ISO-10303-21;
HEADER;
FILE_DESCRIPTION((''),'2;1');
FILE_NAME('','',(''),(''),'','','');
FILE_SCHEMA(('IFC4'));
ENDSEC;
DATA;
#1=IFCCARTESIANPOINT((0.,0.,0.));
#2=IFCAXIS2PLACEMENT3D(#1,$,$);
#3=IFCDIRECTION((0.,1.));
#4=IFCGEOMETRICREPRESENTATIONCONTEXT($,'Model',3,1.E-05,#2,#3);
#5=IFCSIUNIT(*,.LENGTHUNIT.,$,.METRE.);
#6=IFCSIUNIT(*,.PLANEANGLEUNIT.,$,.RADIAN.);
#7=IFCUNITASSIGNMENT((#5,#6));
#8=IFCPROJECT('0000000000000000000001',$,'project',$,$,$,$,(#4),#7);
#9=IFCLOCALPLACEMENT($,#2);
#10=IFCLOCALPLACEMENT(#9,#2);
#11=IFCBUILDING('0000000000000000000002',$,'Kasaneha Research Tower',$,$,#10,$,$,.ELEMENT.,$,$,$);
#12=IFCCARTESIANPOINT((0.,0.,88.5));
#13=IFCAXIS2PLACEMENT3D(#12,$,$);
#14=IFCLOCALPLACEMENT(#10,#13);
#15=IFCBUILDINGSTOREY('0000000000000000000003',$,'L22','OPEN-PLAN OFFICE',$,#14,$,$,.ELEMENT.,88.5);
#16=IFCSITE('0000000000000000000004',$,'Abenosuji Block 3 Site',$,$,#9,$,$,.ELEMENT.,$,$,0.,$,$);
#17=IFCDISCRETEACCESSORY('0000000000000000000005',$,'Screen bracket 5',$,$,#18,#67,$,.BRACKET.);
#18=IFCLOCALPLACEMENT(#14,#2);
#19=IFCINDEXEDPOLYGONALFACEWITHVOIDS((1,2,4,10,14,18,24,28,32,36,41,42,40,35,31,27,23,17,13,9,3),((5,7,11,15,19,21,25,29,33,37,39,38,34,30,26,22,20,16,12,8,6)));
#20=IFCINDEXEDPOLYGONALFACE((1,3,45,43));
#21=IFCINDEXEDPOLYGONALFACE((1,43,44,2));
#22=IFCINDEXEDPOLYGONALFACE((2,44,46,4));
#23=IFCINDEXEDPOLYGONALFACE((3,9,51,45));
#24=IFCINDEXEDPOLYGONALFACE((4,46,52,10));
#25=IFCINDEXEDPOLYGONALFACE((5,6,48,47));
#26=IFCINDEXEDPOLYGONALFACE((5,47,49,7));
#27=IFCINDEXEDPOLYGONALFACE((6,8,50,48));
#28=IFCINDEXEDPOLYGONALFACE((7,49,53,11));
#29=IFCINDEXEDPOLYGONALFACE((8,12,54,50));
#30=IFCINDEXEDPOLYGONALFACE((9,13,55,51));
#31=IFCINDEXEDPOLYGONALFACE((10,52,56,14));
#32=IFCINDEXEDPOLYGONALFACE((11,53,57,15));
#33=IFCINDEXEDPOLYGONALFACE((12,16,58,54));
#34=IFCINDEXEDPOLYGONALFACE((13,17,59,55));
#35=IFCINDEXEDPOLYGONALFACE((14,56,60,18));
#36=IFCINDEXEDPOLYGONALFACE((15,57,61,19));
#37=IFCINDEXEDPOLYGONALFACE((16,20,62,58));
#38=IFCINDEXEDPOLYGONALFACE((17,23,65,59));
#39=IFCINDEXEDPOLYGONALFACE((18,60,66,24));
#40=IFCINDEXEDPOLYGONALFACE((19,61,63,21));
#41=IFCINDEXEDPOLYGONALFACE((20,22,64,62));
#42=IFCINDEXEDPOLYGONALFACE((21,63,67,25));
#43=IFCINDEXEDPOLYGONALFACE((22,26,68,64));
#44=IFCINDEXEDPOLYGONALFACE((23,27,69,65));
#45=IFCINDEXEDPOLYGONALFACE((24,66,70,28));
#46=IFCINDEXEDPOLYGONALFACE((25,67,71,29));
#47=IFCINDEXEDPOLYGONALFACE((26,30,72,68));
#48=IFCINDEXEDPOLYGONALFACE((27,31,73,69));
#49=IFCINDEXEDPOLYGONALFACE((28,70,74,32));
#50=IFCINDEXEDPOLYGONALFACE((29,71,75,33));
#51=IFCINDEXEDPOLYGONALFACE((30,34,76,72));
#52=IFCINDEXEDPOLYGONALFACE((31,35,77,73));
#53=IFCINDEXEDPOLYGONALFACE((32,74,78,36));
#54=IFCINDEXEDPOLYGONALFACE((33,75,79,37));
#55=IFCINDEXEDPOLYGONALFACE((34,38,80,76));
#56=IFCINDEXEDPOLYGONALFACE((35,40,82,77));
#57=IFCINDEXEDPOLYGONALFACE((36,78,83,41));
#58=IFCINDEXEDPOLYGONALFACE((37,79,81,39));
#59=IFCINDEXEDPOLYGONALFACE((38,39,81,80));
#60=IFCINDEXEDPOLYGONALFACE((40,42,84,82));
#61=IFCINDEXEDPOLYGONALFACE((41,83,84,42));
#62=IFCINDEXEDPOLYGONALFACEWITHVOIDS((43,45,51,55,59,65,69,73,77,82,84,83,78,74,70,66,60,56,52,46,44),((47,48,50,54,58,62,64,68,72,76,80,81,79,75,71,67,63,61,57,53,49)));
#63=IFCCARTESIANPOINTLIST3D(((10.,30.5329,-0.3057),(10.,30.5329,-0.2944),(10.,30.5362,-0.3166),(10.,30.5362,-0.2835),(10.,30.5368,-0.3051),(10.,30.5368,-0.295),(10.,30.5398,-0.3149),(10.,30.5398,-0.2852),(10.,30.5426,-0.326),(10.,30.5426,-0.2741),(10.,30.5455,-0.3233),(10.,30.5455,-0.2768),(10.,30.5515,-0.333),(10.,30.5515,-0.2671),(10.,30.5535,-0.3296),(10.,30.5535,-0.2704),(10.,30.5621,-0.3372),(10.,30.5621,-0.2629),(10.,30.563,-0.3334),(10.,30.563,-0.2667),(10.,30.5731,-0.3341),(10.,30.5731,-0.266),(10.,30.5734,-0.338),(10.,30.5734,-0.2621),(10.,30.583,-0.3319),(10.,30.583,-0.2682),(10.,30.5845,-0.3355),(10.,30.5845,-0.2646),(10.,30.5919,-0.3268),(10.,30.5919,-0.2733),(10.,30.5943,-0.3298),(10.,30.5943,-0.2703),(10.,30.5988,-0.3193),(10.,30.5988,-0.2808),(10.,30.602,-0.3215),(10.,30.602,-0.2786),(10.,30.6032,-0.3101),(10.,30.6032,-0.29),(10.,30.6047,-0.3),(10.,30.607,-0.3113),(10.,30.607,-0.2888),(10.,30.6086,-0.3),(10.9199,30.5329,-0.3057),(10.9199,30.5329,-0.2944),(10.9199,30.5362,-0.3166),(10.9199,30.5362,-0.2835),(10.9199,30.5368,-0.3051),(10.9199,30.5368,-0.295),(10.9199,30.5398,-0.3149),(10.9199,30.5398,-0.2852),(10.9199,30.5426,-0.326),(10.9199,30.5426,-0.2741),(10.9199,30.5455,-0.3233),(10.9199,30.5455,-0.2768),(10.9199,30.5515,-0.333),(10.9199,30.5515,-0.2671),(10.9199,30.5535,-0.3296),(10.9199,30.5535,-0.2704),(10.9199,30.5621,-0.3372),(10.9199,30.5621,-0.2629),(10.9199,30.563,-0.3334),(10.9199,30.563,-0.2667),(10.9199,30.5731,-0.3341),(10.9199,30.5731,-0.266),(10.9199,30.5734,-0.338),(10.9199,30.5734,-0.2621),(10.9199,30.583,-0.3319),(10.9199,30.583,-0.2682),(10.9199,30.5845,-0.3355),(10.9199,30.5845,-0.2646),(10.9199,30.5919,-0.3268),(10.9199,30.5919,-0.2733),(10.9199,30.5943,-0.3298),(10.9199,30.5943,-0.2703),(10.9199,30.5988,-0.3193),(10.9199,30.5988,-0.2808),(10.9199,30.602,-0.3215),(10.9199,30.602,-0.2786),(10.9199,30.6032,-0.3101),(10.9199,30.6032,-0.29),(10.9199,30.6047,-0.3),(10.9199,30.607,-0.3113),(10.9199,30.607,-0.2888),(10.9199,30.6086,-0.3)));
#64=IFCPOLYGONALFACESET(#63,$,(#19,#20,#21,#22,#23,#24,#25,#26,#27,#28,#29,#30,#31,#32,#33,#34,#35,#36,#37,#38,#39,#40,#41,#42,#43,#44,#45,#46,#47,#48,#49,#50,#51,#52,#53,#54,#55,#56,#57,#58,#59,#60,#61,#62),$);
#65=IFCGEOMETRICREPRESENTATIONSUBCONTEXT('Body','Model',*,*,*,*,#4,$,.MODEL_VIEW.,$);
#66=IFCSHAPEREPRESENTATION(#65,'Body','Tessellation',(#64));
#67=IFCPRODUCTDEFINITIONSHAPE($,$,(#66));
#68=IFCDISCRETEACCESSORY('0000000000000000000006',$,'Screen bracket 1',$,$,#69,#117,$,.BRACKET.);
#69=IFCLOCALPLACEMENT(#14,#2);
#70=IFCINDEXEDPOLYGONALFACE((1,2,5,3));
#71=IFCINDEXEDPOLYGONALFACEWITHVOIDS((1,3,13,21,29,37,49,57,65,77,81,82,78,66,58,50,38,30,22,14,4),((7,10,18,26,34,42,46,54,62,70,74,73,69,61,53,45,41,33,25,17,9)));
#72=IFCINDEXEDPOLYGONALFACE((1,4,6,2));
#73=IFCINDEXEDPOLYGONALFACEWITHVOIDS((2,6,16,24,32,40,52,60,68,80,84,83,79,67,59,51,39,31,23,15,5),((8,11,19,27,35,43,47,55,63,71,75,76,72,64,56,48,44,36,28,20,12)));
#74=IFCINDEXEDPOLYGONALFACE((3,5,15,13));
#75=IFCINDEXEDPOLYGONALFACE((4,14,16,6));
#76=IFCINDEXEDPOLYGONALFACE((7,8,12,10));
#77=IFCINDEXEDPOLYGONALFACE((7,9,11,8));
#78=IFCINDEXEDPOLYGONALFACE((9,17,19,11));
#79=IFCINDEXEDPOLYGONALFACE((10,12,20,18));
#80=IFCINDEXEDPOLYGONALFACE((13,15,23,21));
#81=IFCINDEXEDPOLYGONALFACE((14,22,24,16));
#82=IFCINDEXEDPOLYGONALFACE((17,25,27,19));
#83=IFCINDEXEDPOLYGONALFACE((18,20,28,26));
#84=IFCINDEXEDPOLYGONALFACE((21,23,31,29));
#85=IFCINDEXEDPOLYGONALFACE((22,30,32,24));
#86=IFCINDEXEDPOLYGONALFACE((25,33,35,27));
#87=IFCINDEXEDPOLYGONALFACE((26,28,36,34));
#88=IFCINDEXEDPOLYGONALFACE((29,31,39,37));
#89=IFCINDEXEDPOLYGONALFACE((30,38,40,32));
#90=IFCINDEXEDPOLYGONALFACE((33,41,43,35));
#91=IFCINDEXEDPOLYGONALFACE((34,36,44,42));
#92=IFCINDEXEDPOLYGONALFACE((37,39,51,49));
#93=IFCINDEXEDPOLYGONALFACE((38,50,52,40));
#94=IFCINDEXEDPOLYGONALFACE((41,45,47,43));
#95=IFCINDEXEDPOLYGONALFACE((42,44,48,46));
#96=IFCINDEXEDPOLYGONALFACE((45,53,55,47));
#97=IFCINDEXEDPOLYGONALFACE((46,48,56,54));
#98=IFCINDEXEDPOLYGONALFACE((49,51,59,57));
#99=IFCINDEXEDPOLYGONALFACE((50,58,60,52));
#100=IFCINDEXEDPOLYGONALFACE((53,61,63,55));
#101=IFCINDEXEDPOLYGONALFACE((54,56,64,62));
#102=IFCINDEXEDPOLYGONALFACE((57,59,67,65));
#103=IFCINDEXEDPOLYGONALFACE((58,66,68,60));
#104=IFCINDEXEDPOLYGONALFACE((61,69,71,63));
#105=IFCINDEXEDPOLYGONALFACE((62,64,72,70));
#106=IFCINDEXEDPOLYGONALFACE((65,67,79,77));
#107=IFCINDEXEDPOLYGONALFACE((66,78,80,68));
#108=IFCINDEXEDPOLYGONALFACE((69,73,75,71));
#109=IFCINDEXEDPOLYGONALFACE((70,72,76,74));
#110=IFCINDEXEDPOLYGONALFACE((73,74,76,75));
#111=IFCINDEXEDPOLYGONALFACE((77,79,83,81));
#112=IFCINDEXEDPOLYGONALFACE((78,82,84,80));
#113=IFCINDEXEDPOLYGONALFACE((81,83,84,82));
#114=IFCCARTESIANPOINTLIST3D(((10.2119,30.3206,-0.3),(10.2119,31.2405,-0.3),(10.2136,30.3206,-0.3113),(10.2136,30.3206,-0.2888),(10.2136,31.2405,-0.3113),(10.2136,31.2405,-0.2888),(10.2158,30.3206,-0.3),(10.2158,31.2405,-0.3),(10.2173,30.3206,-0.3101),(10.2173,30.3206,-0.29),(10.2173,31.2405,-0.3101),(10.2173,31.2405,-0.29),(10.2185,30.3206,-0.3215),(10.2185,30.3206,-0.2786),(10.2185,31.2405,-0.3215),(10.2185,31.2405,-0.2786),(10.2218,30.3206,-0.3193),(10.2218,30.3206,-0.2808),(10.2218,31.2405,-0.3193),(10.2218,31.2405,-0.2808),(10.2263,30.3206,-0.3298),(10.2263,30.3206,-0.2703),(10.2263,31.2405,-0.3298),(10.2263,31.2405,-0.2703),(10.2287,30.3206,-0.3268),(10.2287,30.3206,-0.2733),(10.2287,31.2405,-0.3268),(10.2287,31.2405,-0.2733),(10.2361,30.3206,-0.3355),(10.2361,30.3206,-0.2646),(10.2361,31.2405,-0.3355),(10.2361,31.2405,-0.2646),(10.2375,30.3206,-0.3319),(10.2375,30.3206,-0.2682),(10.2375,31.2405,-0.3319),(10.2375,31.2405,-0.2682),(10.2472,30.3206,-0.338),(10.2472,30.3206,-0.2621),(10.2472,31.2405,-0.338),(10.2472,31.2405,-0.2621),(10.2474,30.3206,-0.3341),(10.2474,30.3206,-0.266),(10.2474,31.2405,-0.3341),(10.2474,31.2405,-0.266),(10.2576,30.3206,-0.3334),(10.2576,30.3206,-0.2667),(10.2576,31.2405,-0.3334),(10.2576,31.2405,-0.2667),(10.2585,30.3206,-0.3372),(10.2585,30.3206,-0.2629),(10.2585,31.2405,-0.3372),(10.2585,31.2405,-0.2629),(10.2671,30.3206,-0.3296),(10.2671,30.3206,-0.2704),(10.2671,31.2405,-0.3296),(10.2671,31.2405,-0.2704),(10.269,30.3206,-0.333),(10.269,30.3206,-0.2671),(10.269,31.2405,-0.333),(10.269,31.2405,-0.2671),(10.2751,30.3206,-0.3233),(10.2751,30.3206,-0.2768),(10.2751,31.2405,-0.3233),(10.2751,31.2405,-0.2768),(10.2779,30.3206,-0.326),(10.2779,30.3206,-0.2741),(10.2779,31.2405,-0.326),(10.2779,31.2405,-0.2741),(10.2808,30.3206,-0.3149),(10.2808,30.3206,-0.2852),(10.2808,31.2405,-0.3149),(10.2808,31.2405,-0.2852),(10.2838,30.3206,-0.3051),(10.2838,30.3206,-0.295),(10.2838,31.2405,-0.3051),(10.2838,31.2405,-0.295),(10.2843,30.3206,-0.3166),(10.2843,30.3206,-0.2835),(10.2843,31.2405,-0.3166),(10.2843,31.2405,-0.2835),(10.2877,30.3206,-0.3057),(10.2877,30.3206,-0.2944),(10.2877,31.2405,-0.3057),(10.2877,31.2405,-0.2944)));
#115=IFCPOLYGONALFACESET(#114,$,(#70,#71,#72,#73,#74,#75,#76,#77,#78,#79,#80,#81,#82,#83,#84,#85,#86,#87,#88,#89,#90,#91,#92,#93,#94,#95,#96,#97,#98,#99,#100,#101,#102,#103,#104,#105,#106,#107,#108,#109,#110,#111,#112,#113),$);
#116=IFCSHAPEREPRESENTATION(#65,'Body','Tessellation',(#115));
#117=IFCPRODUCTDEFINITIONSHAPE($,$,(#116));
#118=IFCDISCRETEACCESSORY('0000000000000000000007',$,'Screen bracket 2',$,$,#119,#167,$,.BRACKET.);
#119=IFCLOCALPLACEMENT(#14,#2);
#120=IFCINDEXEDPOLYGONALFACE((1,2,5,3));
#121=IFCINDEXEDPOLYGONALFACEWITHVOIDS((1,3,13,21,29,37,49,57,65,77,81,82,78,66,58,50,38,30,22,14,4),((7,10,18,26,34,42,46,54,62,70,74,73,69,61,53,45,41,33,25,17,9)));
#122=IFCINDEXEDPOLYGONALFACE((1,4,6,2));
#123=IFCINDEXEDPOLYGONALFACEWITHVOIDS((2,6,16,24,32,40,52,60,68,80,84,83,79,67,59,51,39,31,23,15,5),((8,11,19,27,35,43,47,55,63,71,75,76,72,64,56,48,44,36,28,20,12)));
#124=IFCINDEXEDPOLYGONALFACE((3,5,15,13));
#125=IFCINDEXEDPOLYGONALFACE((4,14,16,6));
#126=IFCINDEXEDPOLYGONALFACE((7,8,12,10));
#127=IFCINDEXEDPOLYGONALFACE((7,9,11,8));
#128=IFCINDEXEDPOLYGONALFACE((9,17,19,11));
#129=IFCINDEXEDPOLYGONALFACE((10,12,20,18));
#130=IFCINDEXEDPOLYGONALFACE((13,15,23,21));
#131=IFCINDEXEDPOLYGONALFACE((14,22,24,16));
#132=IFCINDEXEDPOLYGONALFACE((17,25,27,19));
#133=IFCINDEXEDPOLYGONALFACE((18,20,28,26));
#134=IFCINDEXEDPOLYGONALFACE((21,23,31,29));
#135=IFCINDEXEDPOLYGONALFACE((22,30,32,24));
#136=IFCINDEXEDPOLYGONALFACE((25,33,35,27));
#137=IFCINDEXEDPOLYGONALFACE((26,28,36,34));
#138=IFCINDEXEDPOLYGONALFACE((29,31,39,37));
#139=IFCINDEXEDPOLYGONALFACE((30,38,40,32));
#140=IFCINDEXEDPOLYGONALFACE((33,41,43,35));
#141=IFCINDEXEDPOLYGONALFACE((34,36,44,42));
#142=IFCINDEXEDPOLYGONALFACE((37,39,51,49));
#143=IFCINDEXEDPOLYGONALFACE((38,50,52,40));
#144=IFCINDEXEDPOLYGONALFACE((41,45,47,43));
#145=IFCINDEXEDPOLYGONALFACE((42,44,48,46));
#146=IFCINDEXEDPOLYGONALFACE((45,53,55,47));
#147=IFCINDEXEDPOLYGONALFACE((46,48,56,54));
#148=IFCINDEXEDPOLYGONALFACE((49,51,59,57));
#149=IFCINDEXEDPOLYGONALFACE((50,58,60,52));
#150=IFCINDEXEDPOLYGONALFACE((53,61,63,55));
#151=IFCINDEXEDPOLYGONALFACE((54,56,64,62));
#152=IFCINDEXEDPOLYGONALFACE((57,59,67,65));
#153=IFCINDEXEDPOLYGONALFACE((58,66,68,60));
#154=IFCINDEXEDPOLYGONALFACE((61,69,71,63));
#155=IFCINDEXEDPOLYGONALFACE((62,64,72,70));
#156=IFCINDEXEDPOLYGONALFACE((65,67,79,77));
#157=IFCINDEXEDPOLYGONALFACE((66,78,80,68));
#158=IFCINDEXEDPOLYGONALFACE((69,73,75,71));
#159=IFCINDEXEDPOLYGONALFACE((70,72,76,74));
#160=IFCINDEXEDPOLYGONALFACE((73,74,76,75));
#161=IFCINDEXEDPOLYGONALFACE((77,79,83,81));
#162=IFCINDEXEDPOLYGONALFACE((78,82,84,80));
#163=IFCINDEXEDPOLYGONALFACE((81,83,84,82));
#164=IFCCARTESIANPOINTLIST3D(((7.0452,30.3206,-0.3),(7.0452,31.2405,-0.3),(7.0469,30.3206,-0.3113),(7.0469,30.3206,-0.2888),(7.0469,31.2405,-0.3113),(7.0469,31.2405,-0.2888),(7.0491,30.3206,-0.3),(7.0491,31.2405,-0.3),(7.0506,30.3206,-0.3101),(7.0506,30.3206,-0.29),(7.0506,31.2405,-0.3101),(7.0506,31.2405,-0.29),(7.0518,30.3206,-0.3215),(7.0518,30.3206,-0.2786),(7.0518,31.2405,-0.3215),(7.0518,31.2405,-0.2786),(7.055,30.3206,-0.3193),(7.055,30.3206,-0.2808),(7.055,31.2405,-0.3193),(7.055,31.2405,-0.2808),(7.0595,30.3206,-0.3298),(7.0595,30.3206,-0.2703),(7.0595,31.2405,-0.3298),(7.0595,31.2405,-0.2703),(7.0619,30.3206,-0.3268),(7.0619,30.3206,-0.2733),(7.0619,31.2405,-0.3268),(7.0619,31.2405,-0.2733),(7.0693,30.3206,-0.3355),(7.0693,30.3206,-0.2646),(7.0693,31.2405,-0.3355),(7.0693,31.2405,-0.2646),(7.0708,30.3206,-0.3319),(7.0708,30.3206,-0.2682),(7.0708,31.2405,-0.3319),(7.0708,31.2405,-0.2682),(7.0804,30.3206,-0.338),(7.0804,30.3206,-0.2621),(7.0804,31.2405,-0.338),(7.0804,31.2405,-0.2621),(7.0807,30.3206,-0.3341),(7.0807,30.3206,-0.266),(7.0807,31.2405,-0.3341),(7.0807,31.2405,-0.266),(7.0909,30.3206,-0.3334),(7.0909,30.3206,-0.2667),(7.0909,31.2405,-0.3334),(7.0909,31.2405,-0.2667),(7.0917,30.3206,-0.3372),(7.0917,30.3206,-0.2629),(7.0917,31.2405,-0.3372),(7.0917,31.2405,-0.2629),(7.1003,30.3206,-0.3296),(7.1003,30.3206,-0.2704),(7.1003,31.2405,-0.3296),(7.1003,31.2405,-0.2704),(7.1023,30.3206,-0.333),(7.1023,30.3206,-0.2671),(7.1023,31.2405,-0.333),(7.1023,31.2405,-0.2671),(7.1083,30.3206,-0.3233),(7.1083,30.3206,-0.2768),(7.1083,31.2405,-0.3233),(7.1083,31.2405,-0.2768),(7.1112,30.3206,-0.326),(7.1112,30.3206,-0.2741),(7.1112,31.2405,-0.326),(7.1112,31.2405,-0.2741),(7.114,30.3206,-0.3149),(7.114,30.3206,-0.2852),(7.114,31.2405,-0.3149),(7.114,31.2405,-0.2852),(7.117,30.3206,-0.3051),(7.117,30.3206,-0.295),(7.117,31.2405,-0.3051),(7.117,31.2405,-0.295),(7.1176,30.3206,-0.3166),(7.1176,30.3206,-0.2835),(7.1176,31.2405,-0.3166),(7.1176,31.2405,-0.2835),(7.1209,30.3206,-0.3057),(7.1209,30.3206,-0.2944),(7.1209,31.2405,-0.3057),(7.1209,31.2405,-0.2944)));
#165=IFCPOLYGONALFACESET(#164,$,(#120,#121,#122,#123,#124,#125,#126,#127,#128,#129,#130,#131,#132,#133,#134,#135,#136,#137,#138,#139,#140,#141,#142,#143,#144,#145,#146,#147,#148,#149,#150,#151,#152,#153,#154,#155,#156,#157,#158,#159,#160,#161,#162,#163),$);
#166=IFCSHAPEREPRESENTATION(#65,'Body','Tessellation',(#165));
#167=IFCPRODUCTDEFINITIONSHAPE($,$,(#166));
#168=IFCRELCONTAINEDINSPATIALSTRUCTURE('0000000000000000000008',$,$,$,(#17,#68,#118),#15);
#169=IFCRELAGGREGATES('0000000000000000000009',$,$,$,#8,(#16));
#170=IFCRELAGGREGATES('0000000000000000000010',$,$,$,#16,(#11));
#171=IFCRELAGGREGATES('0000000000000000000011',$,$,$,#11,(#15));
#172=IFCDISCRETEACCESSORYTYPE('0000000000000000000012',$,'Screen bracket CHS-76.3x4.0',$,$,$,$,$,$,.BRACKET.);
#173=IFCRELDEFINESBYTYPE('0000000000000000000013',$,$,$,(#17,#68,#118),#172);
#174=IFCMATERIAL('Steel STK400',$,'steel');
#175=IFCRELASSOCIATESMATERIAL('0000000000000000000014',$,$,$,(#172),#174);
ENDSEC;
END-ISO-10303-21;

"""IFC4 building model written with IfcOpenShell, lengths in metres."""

from ifc_helpers import new_model, si_unit, direction, frame, origin, origin_2d, place, context, subcontext, project, spatial, hollow_circle, extrude, material, material_profile, profile_set, type_object, element, save


model = new_model("IFC4")

# Units and contexts
model_context = context("Model", 3, precision=1e-05, world=origin(), true_north=direction((0.0, 1.0)))
body_context = subcontext(model_context, "Body", "Model", "MODEL_VIEW")
ifc_project = project(units=[si_unit("LENGTHUNIT", "METRE"), si_unit("PLANEANGLEUNIT", "RADIAN")], contexts=[model_context])

# Site, building, storey
site_placement = place(None, origin())
site = spatial("IfcSite", under=ifc_project, at=site_placement, Name="Abenosuji Block 3 Site", CompositionType="ELEMENT", RefElevation=0.0)
building_placement = place(site_placement, origin())
building = spatial("IfcBuilding", under=site, at=building_placement, Name="Kasaneha Research Tower", CompositionType="ELEMENT")
storey_placement = place(building_placement, frame((0.0, 0.0, 88.5)))
storey = spatial("IfcBuildingStorey", under=building, at=storey_placement, Name="L22", Description="OPEN-PLAN OFFICE", CompositionType="ELEMENT", Elevation=88.5)

# Discrete accessories
ifc_material_1 = material(Name="Steel STK400", Category="steel")
ifc_material_profile_1 = material_profile(ifc_material_1, hollow_circle(Radius=0.0381, WallThickness=0.0039, at=origin_2d()), Name="CHS-76.3x4.0")
ifc_profile_set_1 = profile_set([ifc_material_profile_1], Name="Steel STK400")
discrete_accessory_type = type_object("IfcDiscreteAccessoryType", Name="Screen bracket CHS-76.3x4.0", PredefinedType="BRACKET", material=ifc_profile_set_1)
for number, where, z_axis, x_axis, name in (
    (1, (10.0, 30.5706, -0.3), (1.0, 0.0, 0.0), (0.0, 1.0, 0.0), "Screen bracket 5"),
    (2, (10.25, 30.3206, -0.3), (0.0, 1.0, 0.0), (-1.0, 0.0, 0.0), "Screen bracket 1"),
    (3, (7.0833, 30.3206, -0.3), (0.0, 1.0, 0.0), (-1.0, 0.0, 0.0), "Screen bracket 2"),
):
    element("IfcDiscreteAccessory", number, at=place(storey_placement, frame(where, z_axis=z_axis, x_axis=x_axis)), inside=storey, type_object=discrete_accessory_type, Name=name, PredefinedType="BRACKET", context=body_context, shape_type="SweptSolid", body=[
        extrude(hollow_circle(Radius=0.0381, WallThickness=0.0039, at=origin_2d()), origin(), (0.0, 0.0, 1.0), 0.9199),
    ])

save(model, "model.ifc")
